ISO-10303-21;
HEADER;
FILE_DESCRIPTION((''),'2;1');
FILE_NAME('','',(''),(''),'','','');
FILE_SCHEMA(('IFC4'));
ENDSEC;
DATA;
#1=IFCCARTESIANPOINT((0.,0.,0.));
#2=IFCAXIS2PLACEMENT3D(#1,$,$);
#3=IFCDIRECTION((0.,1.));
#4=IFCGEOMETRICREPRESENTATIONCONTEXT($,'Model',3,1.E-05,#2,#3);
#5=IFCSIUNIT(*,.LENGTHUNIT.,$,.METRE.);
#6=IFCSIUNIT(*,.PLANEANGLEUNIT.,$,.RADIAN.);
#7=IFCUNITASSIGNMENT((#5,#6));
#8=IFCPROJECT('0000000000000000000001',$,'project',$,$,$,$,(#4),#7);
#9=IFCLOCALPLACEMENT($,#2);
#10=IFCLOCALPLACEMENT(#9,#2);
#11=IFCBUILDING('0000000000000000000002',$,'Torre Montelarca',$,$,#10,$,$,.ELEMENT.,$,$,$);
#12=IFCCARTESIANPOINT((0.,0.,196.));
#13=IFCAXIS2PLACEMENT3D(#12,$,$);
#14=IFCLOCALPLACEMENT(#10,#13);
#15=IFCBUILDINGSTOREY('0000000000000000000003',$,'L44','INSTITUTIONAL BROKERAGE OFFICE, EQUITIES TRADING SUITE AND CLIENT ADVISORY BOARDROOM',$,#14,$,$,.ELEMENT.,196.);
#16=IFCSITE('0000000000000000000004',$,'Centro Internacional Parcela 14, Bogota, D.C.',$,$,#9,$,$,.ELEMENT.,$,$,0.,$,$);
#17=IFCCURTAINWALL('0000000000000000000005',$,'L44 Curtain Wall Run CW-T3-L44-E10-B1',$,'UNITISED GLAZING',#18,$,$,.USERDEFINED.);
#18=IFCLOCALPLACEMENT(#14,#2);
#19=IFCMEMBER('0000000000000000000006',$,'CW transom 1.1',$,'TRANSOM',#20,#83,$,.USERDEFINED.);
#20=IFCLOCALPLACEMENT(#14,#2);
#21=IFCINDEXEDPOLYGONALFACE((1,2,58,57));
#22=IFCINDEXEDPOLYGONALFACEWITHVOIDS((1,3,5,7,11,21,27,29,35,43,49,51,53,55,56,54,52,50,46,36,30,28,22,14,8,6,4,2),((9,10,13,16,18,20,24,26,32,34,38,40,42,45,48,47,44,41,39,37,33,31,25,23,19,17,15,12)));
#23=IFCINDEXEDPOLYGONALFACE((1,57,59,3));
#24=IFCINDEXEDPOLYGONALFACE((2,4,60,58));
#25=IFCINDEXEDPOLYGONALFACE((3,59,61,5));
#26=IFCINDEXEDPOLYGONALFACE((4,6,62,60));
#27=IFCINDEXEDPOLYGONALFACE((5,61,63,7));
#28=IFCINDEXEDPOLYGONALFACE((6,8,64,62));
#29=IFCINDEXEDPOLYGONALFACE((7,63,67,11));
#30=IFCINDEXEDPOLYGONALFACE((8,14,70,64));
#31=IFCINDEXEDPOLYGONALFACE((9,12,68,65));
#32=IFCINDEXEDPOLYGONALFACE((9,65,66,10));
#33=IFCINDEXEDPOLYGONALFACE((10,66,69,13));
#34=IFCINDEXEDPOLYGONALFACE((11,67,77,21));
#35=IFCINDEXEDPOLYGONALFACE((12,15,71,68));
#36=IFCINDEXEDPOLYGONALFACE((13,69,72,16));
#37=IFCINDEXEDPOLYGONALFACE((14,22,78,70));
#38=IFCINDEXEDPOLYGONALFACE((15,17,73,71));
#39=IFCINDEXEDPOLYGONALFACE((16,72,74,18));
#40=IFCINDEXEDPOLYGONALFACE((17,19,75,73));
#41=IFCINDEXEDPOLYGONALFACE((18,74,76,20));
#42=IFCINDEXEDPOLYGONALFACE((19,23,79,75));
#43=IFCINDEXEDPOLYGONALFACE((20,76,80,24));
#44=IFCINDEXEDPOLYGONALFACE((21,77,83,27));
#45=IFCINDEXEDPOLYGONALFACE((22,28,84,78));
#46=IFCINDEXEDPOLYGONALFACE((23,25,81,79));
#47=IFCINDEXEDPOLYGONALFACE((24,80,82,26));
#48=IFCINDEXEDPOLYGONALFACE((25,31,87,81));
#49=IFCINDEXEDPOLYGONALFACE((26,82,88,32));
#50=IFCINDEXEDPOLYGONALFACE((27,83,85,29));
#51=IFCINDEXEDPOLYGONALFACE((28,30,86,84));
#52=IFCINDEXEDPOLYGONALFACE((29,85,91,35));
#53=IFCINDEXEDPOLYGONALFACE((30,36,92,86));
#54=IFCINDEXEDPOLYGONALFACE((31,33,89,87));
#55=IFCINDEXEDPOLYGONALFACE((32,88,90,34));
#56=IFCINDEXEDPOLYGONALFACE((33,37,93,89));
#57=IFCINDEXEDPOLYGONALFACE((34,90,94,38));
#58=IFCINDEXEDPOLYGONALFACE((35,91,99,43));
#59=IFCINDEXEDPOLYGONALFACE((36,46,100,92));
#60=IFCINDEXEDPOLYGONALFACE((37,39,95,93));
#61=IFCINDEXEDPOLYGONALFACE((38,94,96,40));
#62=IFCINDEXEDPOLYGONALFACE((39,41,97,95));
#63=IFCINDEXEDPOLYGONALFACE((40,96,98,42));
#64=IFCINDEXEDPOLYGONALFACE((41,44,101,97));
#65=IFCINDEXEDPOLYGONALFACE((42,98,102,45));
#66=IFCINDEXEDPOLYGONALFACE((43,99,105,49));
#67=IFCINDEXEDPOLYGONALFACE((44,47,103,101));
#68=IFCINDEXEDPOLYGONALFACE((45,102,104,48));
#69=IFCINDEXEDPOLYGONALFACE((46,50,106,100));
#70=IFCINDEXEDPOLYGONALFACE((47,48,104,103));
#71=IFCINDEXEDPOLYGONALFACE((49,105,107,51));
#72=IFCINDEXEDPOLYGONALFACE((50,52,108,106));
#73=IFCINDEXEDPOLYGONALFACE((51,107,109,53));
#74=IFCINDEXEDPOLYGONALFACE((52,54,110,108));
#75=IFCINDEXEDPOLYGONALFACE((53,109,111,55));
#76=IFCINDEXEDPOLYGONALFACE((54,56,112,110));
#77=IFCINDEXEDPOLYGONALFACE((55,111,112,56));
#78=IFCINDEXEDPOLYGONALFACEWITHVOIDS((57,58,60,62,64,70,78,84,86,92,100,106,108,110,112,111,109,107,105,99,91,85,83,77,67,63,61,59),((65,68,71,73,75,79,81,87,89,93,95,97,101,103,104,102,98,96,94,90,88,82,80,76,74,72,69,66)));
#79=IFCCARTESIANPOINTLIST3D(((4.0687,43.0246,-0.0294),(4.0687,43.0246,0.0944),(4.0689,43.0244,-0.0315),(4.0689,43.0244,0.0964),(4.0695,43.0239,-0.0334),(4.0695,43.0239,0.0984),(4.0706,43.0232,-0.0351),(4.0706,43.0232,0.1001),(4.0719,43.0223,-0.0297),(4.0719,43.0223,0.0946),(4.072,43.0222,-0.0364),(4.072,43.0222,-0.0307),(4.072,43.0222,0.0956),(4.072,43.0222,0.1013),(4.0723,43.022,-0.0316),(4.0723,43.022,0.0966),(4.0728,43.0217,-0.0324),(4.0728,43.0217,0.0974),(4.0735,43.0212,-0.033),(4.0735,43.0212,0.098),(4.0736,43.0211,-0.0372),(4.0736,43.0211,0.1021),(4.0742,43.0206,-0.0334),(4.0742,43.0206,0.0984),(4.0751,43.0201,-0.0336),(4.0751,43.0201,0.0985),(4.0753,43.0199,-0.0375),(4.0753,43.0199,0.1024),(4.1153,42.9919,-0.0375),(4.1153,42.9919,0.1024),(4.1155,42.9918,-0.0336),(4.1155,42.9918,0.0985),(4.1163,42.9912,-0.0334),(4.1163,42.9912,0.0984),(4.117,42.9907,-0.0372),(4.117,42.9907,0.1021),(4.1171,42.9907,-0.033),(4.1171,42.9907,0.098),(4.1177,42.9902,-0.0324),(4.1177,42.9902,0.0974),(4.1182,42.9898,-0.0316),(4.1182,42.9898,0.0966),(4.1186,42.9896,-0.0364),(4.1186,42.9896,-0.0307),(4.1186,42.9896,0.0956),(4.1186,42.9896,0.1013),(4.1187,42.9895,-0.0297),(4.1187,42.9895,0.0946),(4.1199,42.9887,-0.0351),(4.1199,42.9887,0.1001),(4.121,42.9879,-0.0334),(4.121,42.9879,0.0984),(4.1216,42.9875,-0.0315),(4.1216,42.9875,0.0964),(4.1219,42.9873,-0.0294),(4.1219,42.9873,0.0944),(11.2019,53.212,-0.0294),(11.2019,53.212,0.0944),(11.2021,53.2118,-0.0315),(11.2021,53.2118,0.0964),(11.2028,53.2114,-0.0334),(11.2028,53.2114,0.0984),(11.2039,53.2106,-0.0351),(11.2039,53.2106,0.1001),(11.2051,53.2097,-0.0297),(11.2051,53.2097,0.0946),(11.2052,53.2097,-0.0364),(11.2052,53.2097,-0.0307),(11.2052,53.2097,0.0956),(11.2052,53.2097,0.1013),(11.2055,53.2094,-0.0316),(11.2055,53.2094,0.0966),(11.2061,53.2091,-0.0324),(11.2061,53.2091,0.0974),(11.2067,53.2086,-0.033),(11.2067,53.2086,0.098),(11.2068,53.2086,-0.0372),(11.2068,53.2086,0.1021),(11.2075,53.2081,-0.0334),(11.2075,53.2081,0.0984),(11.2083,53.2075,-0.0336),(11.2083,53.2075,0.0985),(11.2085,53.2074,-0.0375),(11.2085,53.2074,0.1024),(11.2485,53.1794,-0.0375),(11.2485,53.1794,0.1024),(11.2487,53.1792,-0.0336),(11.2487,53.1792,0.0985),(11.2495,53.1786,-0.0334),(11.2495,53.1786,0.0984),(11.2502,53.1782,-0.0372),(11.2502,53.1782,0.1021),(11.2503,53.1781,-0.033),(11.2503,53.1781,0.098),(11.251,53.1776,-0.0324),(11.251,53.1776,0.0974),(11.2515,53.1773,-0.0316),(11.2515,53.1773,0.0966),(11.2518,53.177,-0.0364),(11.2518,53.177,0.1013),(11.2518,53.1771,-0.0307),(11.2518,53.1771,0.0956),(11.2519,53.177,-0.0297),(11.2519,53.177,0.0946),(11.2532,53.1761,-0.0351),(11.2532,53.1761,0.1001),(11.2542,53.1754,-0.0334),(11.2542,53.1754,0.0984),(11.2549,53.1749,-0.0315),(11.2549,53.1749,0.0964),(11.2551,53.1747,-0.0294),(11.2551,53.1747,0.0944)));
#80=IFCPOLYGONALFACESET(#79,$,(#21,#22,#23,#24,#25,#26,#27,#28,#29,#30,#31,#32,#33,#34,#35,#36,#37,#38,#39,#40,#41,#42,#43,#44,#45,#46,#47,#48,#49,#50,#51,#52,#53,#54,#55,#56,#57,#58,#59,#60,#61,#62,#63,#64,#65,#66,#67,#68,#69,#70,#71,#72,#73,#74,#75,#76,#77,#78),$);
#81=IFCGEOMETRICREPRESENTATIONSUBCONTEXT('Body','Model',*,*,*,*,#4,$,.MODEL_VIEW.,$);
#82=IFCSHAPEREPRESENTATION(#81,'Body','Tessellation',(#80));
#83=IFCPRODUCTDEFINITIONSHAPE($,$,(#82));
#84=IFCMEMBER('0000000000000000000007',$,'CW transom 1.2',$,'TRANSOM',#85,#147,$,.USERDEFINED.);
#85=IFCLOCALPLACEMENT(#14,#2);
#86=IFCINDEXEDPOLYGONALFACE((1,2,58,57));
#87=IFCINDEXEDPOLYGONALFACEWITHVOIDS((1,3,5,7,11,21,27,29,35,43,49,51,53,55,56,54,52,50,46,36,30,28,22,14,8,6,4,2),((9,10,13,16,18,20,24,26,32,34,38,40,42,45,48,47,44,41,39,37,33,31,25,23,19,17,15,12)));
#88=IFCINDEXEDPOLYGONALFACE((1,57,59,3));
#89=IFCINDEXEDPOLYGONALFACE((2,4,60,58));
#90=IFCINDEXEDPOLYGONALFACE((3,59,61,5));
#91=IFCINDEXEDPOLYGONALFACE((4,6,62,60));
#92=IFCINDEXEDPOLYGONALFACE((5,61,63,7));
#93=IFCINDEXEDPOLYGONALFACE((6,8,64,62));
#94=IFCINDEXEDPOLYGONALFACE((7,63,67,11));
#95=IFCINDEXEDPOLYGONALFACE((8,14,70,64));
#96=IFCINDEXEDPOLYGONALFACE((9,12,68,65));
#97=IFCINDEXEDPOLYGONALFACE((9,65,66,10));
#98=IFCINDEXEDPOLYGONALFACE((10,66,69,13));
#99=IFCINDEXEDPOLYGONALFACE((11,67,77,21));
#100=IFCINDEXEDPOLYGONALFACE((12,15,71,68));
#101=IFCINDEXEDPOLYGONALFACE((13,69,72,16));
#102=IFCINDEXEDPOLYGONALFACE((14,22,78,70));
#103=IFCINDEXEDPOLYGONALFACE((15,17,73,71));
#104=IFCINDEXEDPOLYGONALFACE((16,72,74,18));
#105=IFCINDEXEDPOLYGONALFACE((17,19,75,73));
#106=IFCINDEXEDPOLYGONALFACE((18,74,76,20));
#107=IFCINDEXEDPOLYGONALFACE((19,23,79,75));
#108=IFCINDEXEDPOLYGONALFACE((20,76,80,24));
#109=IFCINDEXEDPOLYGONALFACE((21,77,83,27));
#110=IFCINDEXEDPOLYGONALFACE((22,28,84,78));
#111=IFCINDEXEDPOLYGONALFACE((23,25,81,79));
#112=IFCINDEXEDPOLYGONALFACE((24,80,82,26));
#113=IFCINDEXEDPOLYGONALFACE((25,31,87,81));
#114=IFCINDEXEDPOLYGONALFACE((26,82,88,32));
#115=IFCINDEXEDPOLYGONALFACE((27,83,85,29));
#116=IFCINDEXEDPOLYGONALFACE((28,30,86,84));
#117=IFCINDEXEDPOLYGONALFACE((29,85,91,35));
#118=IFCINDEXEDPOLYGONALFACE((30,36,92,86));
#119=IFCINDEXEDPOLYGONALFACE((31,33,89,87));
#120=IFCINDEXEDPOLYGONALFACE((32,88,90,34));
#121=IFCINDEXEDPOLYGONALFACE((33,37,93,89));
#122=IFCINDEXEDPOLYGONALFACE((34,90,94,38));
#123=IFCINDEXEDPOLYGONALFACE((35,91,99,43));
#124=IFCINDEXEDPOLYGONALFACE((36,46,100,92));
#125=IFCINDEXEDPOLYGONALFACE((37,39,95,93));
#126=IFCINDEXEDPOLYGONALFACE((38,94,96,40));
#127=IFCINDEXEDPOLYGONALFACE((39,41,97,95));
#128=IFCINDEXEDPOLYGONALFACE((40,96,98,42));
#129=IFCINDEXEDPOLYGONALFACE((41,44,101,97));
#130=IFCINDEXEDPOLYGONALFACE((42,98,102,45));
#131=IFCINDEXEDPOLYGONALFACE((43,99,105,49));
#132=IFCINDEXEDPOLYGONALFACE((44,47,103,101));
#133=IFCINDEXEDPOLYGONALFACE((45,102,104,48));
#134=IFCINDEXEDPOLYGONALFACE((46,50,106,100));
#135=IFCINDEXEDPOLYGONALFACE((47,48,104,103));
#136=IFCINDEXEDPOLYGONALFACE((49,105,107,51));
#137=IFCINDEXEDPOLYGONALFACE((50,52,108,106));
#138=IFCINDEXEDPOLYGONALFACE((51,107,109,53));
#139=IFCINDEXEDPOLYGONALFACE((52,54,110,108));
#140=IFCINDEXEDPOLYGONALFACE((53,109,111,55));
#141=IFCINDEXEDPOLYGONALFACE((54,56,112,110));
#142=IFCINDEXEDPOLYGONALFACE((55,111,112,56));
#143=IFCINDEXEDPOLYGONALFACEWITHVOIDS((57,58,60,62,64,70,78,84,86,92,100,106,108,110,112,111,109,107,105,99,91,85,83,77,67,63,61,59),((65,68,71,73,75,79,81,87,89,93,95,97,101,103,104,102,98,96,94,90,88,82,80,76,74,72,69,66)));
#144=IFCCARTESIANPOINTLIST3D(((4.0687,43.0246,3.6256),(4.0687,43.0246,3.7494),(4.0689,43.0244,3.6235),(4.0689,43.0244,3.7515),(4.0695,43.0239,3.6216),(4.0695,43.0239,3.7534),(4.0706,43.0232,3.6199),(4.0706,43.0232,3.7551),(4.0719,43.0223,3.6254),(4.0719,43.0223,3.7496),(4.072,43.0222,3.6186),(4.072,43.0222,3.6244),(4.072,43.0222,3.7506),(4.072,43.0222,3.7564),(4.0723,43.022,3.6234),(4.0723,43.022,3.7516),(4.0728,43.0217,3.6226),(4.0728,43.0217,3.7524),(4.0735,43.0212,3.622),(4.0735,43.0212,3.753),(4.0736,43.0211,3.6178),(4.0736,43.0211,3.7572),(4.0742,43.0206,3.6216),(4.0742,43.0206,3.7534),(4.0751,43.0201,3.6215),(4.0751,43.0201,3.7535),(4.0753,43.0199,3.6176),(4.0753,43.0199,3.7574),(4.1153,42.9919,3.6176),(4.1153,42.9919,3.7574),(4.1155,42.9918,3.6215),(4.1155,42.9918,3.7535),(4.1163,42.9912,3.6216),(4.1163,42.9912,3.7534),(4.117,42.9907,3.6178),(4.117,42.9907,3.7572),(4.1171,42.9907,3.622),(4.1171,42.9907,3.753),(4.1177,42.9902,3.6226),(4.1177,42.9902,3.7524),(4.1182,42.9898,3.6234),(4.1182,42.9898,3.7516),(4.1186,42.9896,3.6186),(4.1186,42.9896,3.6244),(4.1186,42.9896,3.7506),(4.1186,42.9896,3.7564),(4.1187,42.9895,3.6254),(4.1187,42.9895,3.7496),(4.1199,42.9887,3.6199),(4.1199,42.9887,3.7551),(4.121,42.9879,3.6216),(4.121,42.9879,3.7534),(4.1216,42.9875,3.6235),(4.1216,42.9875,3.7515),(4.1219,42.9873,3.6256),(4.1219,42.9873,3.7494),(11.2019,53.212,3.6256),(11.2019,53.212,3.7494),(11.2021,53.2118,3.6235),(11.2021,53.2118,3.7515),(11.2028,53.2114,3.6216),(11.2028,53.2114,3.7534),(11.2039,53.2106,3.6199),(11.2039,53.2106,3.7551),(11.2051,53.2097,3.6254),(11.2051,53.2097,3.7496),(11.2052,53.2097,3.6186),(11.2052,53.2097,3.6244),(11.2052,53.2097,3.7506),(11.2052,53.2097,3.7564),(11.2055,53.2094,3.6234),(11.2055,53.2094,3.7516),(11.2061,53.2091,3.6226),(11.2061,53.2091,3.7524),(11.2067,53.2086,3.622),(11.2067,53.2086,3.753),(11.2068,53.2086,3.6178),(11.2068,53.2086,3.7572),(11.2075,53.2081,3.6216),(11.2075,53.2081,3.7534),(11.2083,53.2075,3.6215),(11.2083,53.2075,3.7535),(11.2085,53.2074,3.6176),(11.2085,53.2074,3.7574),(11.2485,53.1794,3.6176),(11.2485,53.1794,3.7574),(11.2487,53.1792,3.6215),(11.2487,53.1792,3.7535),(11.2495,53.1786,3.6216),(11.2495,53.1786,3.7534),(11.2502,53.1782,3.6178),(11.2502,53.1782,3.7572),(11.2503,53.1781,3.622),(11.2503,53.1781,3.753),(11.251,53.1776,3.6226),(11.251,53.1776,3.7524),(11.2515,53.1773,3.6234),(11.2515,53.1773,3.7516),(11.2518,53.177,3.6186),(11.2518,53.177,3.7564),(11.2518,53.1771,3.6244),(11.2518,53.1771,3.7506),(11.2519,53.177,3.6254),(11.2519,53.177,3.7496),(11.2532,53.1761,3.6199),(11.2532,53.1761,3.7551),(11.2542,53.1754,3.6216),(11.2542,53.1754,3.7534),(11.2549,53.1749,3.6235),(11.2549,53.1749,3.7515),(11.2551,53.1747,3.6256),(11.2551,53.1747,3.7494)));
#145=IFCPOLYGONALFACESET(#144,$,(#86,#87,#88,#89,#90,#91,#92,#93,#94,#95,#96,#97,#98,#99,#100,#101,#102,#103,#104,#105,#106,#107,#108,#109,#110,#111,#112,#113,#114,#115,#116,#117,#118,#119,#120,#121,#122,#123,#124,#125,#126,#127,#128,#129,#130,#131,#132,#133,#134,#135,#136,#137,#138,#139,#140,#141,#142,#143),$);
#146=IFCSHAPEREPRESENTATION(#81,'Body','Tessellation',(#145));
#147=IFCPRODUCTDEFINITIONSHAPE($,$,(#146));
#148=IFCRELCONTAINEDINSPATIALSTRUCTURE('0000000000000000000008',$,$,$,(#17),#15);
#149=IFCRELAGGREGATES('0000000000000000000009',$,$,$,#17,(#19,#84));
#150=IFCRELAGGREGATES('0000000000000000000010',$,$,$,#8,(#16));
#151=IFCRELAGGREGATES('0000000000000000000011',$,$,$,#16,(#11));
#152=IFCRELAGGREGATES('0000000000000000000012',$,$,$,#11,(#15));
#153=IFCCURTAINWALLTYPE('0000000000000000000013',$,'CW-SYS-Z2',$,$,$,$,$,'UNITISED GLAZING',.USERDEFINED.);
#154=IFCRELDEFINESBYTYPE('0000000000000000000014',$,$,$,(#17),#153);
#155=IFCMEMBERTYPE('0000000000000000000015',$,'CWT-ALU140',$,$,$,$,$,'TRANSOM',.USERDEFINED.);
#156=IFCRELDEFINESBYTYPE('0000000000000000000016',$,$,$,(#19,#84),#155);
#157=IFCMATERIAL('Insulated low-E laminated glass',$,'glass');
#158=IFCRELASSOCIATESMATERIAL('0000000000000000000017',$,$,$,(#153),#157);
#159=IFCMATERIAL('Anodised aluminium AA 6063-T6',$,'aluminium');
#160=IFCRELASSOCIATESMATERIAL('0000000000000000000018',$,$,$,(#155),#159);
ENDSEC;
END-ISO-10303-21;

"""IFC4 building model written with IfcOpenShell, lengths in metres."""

from ifc_helpers import new_model, si_unit, direction, frame, origin, origin_2d, place, context, subcontext, project, spatial, hollow_rectangle, extrude, source, transform, mapped, material, material_profile, profile_set, type_object, element, aggregate, save


model = new_model("IFC4")

# Units and contexts
model_context = context("Model", 3, precision=1e-05, world=origin(), true_north=direction((0.0, 1.0)))
body_context = subcontext(model_context, "Body", "Model", "MODEL_VIEW")
ifc_project = project(units=[si_unit("LENGTHUNIT", "METRE"), si_unit("PLANEANGLEUNIT", "RADIAN")], contexts=[model_context])

# Site, building, storey
site_placement = place(None, origin())
site = spatial("IfcSite", under=ifc_project, at=site_placement, Name="Centro Internacional Parcela 14, Bogota, D.C.", CompositionType="ELEMENT", RefElevation=0.0)
building_placement = place(site_placement, origin())
building = spatial("IfcBuilding", under=site, at=building_placement, Name="Torre Montelarca", CompositionType="ELEMENT")
storey_placement = place(building_placement, frame((0.0, 0.0, 196.0)))
storey = spatial("IfcBuildingStorey", under=building, at=storey_placement, Name="L44", Description="INSTITUTIONAL BROKERAGE OFFICE, EQUITIES TRADING SUITE AND CLIENT ADVISORY BOARDROOM", CompositionType="ELEMENT", Elevation=196.0)

# Curtain wall, members
ifc_material_1 = material(Name="Insulated low-E laminated glass", Category="glass")
curtain_wall_type = type_object("IfcCurtainWallType", Name="CW-SYS-Z2", ElementType="UNITISED GLAZING", PredefinedType="USERDEFINED", material=ifc_material_1)
ifc_material_2 = material(Name="Anodised aluminium AA 6063-T6", Category="aluminium")
ifc_material_profile_1 = material_profile(ifc_material_2, hollow_rectangle(XDim=0.0649, YDim=0.1399, WallThickness=0.0039, InnerFilletRadius=0.0039, OuterFilletRadius=0.0081, at=origin_2d()), Name="ALU65X140X4", Category="aluminium")
ifc_profile_set_1 = profile_set([ifc_material_profile_1], Name="Anodised aluminium AA 6063-T6")
member_type_1 = type_object("IfcMemberType", Name="CWT-ALU140", ElementType="TRANSOM", PredefinedType="USERDEFINED", material=ifc_profile_set_1)
curtain_wall_1_placement = place(storey_placement, origin())
curtain_wall_1 = element("IfcCurtainWall", 1, at=curtain_wall_1_placement, inside=storey, type_object=curtain_wall_type, Name="L44 Curtain Wall Run CW-T3-L44-E10-B1", ObjectType="UNITISED GLAZING", PredefinedType="USERDEFINED")
shared_shape_1 = source(origin(), body_context, "Body", "SweptSolid", [
    extrude(hollow_rectangle(XDim=0.0649, YDim=0.1399, WallThickness=0.0039, InnerFilletRadius=0.0039, OuterFilletRadius=0.0081, at=origin_2d()), origin(), (0.0, 0.0, 1.0), 12.4365),
])
member_1_placement = place(storey_placement, frame((11.2285, 53.1934, 0.0325), z_axis=(-0.573573, -0.819154, 0.0), x_axis=(0.819154, -0.573573, 0.0)))
member_1 = element("IfcMember", 2, at=member_1_placement, type_object=member_type_1, Name="CW transom 1.1", ObjectType="TRANSOM", PredefinedType="USERDEFINED", context=body_context, shape_type="MappedRepresentation", body=[
    mapped(shared_shape_1, transform((0.0, 0.0, 0.0), scale=1.0)),
])
member_2_placement = place(storey_placement, frame((11.2285, 53.1934, 3.6875), z_axis=(-0.573573, -0.819154, 0.0), x_axis=(0.819154, -0.573573, 0.0)))
member_2 = element("IfcMember", 3, at=member_2_placement, type_object=member_type_1, Name="CW transom 1.2", ObjectType="TRANSOM", PredefinedType="USERDEFINED", context=body_context, shape_type="MappedRepresentation", body=[
    mapped(shared_shape_1, transform((0.0, 0.0, 0.0), scale=1.0)),
])

aggregate(curtain_wall_1, [member_1, member_2])

save(model, "model.ifc")
